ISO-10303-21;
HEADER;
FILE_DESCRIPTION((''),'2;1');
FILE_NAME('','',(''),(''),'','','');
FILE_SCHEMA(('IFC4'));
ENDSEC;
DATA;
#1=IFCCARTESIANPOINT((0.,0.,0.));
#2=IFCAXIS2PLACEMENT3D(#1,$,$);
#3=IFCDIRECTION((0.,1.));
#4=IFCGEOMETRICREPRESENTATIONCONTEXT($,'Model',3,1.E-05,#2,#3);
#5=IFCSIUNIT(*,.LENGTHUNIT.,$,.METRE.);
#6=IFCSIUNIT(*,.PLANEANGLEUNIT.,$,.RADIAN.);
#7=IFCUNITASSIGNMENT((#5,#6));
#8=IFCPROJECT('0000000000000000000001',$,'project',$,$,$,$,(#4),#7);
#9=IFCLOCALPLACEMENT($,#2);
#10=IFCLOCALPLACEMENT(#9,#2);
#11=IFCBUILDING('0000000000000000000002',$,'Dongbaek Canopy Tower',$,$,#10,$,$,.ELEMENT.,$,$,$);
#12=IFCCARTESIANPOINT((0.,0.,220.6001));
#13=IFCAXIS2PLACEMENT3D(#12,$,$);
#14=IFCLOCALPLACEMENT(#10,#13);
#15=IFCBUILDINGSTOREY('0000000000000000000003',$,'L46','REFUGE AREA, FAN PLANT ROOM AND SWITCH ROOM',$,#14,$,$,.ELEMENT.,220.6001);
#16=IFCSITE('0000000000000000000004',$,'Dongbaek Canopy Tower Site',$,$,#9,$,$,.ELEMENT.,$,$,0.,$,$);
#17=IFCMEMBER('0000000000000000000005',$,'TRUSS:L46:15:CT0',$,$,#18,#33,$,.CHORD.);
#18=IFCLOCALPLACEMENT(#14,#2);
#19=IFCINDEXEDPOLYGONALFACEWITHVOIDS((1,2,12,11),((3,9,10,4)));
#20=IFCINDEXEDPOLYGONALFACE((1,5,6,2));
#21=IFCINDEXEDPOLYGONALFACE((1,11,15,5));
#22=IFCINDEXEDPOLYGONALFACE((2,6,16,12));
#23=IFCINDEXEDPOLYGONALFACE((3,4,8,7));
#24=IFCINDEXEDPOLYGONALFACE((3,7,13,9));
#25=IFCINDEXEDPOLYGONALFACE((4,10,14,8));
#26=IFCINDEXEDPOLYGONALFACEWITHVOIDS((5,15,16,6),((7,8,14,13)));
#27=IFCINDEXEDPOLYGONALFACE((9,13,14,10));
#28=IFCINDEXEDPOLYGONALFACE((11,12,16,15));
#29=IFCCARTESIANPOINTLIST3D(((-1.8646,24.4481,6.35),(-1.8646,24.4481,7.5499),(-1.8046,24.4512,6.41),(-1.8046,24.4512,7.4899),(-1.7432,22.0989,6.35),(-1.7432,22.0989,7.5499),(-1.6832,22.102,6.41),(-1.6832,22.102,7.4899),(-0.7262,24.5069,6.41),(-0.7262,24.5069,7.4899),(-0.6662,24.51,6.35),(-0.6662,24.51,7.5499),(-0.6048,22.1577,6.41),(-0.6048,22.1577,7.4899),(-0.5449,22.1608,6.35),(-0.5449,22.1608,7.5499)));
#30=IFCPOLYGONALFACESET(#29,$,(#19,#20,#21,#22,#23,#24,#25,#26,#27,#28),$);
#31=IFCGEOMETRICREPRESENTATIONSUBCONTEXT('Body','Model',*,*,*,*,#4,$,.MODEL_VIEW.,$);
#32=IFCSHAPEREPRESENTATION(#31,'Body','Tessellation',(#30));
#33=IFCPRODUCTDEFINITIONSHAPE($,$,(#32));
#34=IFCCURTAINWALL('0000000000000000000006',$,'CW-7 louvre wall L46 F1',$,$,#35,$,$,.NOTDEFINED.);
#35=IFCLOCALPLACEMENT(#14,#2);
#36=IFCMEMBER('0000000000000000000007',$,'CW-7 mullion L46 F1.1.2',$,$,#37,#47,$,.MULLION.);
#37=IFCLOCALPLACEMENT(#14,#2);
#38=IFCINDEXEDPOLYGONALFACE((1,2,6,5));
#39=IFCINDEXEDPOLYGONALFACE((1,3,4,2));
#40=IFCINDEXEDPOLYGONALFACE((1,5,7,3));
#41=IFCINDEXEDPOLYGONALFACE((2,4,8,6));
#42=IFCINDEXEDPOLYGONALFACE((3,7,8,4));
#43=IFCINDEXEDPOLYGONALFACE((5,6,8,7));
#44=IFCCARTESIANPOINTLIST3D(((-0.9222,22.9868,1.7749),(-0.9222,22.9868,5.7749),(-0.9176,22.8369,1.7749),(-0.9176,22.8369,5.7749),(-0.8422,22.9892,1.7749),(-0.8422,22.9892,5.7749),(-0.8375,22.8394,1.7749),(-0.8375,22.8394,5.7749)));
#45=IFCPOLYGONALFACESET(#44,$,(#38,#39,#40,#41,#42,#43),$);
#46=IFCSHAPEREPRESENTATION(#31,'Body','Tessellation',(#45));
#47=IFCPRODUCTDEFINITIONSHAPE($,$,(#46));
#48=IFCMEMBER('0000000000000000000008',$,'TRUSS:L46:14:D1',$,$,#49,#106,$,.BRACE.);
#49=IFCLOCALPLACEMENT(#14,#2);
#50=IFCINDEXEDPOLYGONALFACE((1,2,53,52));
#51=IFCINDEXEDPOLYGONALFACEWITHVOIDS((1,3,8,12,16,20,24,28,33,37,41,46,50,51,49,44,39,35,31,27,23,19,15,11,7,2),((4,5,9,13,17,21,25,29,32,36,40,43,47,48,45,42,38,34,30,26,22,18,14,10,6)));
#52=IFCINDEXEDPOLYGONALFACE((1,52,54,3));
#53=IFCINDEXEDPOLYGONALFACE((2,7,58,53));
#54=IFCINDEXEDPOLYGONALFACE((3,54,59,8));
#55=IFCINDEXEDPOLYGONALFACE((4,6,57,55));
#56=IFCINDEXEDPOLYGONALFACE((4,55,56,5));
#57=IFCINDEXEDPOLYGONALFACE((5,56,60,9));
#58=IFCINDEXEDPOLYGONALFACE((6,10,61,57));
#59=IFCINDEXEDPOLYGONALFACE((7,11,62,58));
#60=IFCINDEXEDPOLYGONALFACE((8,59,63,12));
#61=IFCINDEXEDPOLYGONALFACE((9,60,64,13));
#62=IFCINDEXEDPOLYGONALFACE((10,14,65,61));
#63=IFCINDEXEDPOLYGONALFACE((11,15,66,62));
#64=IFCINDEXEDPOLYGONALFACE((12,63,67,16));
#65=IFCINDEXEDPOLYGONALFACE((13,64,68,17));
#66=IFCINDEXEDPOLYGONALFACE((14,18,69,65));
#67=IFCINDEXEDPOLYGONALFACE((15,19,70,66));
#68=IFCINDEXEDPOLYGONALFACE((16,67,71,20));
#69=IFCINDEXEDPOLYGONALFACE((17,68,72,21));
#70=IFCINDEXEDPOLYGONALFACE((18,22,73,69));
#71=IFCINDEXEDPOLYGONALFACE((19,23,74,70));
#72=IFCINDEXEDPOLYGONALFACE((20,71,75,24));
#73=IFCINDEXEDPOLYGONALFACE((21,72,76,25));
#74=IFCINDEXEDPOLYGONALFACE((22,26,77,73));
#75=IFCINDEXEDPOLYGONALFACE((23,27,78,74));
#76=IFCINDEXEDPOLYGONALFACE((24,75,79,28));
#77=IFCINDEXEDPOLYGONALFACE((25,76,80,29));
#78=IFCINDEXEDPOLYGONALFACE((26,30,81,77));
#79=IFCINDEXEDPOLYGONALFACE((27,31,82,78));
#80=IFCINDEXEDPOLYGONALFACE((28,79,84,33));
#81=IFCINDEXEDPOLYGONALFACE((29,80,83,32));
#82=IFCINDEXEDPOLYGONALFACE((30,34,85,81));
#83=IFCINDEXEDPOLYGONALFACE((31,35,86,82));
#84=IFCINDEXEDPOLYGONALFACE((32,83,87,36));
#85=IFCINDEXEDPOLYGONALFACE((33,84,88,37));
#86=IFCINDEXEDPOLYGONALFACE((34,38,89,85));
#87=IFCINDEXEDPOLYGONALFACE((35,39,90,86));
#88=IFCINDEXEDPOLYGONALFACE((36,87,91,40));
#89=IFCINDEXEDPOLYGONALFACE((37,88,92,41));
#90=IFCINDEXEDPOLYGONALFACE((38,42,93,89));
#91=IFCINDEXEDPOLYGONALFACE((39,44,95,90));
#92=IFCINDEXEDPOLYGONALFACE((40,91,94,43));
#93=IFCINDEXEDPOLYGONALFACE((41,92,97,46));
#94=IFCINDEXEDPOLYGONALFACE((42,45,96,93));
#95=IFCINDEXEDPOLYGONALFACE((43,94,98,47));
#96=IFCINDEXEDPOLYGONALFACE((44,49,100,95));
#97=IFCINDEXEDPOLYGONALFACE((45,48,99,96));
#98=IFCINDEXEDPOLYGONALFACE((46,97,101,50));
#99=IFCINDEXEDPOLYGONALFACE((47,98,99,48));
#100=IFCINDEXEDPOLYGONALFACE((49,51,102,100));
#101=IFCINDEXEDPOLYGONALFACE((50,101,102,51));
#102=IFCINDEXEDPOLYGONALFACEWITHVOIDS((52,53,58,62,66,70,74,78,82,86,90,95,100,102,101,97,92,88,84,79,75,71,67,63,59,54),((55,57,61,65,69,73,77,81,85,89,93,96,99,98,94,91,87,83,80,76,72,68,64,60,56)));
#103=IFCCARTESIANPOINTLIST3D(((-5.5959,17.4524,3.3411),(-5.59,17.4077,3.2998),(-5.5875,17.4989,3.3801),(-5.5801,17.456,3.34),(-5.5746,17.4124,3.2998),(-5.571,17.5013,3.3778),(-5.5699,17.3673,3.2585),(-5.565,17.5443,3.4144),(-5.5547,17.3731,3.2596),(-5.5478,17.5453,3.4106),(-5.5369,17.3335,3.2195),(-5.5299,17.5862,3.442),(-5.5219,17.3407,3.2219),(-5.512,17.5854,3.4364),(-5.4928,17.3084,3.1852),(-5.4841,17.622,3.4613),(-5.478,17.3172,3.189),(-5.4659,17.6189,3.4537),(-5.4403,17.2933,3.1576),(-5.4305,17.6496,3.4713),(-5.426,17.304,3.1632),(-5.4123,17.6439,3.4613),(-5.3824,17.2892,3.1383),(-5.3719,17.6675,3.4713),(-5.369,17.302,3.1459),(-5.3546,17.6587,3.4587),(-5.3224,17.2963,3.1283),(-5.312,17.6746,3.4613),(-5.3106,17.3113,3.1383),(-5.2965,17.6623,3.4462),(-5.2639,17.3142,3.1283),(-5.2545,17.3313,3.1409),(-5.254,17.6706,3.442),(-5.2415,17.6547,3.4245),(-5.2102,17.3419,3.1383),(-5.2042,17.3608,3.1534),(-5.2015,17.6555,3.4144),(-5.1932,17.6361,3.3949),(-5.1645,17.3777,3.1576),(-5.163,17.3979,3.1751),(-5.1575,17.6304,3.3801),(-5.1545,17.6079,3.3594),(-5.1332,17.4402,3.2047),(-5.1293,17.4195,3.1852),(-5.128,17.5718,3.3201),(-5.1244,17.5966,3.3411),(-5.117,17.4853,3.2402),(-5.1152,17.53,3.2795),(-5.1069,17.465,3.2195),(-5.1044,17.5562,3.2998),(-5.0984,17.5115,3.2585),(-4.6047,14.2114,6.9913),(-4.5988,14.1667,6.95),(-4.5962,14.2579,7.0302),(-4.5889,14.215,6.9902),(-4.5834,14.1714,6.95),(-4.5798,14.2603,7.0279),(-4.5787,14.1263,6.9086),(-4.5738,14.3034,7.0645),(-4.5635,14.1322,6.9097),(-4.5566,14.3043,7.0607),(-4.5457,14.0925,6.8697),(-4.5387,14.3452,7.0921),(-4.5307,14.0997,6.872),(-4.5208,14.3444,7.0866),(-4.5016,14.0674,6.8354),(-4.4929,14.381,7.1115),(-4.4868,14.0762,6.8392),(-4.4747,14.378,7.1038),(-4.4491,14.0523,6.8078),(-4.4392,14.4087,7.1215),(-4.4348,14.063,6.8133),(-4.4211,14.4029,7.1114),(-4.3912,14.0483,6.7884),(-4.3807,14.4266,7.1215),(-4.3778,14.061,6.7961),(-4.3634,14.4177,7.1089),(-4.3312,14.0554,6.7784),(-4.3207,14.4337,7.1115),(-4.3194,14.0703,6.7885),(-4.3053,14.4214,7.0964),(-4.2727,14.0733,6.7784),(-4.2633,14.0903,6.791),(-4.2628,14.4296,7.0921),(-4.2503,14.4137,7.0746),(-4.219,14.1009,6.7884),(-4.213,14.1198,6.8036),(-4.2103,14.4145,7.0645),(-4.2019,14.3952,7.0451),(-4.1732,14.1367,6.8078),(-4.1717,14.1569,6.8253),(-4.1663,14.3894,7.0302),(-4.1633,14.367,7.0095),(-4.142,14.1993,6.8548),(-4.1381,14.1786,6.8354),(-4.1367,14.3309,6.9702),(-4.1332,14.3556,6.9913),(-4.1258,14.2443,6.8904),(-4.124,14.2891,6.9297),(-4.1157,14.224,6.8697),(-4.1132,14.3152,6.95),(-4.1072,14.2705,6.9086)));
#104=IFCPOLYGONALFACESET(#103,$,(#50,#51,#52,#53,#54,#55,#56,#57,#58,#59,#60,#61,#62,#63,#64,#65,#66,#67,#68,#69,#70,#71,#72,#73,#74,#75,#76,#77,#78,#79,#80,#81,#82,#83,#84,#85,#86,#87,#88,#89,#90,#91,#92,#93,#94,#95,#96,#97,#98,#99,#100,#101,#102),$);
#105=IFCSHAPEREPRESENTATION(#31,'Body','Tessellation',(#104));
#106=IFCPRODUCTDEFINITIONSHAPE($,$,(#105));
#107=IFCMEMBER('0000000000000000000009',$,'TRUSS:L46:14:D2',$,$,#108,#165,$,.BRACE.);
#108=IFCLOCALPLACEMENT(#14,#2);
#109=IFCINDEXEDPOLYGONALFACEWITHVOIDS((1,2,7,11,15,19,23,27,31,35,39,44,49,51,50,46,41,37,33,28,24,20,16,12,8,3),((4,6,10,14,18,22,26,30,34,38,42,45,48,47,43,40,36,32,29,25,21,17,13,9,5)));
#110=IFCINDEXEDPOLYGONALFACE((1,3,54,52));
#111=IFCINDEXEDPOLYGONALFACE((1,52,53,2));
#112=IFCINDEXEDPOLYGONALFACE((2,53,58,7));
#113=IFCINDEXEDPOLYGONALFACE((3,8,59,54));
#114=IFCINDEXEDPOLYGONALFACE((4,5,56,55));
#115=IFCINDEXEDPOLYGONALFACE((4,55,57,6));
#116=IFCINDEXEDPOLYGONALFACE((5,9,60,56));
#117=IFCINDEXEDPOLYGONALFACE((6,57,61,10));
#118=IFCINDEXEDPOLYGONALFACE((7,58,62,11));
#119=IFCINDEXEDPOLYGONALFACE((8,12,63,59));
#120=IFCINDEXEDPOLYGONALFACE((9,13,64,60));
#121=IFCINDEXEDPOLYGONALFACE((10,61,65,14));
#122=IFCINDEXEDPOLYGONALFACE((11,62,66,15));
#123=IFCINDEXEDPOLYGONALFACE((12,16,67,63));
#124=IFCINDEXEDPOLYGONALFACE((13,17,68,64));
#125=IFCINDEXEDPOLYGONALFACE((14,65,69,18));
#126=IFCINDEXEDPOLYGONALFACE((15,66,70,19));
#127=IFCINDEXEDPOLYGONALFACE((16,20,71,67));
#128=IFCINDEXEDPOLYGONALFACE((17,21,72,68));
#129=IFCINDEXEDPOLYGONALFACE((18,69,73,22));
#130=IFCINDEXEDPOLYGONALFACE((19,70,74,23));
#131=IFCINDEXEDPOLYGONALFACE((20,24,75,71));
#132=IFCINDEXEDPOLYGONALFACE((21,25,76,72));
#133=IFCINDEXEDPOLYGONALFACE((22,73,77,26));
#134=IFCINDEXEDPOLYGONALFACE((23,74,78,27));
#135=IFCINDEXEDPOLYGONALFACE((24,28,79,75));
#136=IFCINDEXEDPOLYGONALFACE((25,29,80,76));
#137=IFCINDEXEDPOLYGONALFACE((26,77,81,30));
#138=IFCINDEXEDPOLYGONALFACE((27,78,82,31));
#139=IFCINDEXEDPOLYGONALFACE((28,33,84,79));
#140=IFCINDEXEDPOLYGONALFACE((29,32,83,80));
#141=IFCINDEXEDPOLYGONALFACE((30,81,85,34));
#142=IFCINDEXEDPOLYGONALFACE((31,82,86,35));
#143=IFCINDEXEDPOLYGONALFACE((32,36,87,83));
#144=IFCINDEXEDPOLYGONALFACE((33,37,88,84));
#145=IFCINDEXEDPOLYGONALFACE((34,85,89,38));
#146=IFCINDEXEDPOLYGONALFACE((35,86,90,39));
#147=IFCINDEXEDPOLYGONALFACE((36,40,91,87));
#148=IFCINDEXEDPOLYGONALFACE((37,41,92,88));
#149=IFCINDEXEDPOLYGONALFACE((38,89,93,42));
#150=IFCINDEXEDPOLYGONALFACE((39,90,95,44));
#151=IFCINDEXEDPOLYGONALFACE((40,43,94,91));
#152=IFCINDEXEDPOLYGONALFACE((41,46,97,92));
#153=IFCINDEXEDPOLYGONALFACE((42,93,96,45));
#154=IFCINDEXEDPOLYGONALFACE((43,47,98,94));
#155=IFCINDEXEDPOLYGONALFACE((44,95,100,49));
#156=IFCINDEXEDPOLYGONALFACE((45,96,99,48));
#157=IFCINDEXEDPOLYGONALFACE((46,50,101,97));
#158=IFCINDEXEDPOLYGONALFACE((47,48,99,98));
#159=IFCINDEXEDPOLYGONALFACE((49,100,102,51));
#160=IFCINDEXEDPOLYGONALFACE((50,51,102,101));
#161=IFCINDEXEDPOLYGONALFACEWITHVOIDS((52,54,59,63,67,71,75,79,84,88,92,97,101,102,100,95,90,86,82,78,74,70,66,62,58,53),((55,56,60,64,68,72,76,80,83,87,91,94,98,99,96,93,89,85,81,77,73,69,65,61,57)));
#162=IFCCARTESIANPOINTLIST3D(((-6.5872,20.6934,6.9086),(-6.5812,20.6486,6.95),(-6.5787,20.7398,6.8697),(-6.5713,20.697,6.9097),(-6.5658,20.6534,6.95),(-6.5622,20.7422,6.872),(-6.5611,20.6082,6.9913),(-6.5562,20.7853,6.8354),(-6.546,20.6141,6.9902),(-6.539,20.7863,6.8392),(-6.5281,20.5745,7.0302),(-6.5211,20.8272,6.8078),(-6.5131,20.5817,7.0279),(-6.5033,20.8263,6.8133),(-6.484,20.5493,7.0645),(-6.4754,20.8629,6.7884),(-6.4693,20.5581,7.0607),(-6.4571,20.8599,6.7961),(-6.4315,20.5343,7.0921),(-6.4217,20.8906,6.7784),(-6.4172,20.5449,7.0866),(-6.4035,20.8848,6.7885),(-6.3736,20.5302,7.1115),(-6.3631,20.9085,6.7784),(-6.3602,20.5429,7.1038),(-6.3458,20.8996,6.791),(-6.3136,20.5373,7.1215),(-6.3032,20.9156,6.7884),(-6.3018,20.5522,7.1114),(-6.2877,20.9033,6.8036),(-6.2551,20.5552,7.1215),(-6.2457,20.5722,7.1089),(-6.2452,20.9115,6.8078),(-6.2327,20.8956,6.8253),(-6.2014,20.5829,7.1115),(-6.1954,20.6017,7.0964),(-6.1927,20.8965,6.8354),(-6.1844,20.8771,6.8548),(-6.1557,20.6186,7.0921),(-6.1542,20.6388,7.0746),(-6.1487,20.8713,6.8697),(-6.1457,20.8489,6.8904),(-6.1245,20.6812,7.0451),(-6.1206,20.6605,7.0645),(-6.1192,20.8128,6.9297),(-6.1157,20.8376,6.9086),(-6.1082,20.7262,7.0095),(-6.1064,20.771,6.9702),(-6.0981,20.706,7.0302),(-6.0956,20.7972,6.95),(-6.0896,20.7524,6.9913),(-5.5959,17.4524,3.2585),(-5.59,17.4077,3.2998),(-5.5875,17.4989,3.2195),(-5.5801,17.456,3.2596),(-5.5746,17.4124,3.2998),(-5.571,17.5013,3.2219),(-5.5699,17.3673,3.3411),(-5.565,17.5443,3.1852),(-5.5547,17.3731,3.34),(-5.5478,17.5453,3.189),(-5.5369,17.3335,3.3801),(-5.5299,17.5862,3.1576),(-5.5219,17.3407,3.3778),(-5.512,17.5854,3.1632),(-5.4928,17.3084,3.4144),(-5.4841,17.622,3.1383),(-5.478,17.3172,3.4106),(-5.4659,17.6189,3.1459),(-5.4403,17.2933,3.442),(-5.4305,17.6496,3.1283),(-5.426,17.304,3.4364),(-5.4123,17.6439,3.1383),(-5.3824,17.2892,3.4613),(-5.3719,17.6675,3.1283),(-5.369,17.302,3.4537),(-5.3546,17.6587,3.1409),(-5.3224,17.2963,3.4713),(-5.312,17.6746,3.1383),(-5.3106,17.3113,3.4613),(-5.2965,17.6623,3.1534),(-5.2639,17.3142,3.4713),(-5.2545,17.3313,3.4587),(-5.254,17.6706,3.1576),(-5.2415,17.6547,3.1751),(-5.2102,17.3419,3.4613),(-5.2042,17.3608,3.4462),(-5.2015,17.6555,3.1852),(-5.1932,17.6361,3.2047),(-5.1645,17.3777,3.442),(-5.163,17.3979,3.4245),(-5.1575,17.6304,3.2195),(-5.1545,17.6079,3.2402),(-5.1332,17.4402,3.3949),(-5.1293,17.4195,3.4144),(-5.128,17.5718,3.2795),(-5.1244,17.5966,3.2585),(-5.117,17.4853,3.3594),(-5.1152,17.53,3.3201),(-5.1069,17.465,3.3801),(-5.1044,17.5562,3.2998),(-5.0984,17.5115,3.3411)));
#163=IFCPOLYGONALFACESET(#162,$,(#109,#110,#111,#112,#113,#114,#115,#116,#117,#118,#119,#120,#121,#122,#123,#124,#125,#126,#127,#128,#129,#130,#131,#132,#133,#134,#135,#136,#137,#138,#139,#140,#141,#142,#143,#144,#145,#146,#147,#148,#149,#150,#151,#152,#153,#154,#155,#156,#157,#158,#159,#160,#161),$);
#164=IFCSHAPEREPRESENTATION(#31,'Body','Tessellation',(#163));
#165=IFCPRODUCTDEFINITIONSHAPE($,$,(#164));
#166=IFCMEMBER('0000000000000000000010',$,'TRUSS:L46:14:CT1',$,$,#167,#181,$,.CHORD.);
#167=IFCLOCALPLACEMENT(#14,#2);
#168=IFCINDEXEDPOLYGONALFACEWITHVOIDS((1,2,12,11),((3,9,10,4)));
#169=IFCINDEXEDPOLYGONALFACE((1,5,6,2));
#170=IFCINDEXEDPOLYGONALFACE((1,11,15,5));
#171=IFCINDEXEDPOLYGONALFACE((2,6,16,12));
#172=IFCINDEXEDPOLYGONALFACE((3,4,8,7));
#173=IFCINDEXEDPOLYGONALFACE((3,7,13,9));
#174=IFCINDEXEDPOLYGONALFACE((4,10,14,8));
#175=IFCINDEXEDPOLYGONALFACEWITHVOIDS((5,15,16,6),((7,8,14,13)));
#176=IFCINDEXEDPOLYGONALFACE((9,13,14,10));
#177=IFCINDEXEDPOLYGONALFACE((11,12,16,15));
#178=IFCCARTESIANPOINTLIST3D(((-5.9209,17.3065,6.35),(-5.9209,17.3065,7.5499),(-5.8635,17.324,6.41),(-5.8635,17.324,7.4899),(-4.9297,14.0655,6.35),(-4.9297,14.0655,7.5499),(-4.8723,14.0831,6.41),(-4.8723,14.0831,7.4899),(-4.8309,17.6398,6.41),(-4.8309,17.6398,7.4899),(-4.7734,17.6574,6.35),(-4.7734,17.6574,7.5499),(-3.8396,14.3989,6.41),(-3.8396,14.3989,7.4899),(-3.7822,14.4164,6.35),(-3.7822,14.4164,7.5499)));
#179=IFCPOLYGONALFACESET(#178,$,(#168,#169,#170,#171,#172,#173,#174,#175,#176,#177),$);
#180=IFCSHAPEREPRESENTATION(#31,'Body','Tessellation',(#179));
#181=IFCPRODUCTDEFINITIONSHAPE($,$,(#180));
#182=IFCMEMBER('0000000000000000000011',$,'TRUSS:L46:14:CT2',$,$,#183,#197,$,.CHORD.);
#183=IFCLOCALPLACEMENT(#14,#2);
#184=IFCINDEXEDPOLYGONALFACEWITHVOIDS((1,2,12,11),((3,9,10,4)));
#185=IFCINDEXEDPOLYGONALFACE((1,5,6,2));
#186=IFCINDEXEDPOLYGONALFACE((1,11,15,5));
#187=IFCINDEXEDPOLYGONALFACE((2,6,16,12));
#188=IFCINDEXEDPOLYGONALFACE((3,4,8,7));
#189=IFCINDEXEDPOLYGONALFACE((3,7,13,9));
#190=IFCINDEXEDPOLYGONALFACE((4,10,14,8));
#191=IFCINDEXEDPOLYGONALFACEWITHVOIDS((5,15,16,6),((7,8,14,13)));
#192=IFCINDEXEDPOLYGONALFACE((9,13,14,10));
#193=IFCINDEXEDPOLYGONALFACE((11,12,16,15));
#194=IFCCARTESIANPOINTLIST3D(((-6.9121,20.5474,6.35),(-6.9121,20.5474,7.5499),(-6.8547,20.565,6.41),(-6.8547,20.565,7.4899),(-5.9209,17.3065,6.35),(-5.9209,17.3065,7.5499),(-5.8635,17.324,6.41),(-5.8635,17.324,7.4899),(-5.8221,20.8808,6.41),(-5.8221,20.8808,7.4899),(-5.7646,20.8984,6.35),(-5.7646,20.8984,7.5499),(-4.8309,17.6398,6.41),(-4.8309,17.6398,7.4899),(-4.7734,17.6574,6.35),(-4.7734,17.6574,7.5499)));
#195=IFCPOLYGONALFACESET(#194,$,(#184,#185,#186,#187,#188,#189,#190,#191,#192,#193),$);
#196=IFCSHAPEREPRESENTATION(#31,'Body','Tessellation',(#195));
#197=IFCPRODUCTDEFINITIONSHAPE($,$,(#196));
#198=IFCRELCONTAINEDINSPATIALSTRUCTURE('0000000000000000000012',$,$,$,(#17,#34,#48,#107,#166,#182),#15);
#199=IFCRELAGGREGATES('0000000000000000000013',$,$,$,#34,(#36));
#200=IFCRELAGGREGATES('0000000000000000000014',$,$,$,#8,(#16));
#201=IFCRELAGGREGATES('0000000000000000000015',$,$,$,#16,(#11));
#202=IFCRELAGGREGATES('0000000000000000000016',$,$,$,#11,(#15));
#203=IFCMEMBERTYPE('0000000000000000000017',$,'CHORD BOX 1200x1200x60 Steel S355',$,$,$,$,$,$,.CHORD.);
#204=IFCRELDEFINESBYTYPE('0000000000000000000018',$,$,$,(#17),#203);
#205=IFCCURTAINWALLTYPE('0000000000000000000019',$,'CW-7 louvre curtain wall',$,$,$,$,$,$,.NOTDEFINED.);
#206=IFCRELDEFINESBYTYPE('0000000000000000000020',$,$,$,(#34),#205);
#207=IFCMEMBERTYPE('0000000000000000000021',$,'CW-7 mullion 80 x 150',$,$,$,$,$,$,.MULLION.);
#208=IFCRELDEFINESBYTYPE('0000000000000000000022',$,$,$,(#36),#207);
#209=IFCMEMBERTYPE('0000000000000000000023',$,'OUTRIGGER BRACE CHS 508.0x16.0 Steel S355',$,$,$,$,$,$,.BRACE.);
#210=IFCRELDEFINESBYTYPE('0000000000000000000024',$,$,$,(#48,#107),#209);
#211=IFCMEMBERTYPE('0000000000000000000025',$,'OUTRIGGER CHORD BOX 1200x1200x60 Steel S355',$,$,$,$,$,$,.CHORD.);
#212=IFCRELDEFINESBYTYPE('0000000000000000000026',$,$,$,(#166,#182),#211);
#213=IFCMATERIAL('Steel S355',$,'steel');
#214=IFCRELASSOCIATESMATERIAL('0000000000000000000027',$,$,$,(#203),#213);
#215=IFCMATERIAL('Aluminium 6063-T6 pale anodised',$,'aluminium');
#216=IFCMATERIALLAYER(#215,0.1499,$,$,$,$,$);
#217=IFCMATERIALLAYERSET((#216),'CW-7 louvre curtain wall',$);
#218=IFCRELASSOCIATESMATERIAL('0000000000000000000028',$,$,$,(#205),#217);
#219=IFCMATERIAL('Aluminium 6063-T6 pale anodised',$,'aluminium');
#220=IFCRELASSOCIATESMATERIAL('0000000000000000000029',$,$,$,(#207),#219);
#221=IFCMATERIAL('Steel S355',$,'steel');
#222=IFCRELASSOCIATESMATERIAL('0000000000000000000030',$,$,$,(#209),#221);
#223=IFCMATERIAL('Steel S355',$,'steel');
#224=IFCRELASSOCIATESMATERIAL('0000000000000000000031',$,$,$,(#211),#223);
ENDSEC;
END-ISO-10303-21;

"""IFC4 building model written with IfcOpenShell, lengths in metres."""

from ifc_helpers import new_model, si_unit, direction, frame, origin, origin_2d, place, context, subcontext, project, spatial, rectangle, hollow_rectangle, hollow_circle, extrude, material, layer, layer_set, material_profile, profile_set, type_object, element, aggregate, save


model = new_model("IFC4")

# Units and contexts
model_context = context("Model", 3, precision=1e-05, world=origin(), true_north=direction((0.0, 1.0)))
body_context = subcontext(model_context, "Body", "Model", "MODEL_VIEW")
ifc_project = project(units=[si_unit("LENGTHUNIT", "METRE"), si_unit("PLANEANGLEUNIT", "RADIAN")], contexts=[model_context])

# Site, building, storey
site_placement = place(None, origin())
site = spatial("IfcSite", under=ifc_project, at=site_placement, Name="Dongbaek Canopy Tower Site", CompositionType="ELEMENT", RefElevation=0.0)
building_placement = place(site_placement, origin())
building = spatial("IfcBuilding", under=site, at=building_placement, Name="Dongbaek Canopy Tower", CompositionType="ELEMENT")
storey_placement = place(building_placement, frame((0.0, 0.0, 220.6001)))
storey = spatial("IfcBuildingStorey", under=building, at=storey_placement, Name="L46", Description="REFUGE AREA, FAN PLANT ROOM AND SWITCH ROOM", CompositionType="ELEMENT", Elevation=220.6001)

# Member
ifc_material_1 = material(Name="Steel S355", Category="steel")
ifc_material_profile_1 = material_profile(ifc_material_1, hollow_rectangle(XDim=1.2, YDim=1.2, WallThickness=0.0601, at=origin_2d()), Name="CHORD BOX 1200x1200x60 Steel S355")
ifc_profile_set_1 = profile_set([ifc_material_profile_1], Name="Steel S355")
member_type_1 = type_object("IfcMemberType", Name="CHORD BOX 1200x1200x60 Steel S355", PredefinedType="CHORD", material=ifc_profile_set_1)
for number, where, z_axis, x_axis, name in (
    (1, (-1.144, 22.1299, 6.95), (-0.051584, 0.998669, 0.0), (-0.998669, -0.051584, 0.0), "TRUSS:L46:15:CT0"),
):
    element("IfcMember", number, at=place(storey_placement, frame(where, z_axis=z_axis, x_axis=x_axis)), inside=storey, type_object=member_type_1, Name=name, PredefinedType="CHORD", context=body_context, shape_type="SweptSolid", body=[
        extrude(hollow_rectangle(XDim=1.2, YDim=1.2, WallThickness=0.0601, at=origin_2d()), origin(), (0.0, 0.0, 1.0), 2.3523),
    ])

# Curtain wall, member
ifc_material_2 = material(Name="Aluminium 6063-T6 pale anodised", Category="aluminium")
ifc_layer_1 = layer(ifc_material_2, 0.1499)
ifc_layer_set_1 = layer_set([ifc_layer_1], Name="CW-7 louvre curtain wall")
curtain_wall_type = type_object("IfcCurtainWallType", Name="CW-7 louvre curtain wall", PredefinedType="NOTDEFINED", material=ifc_layer_set_1)
curtain_wall_placement = place(storey_placement, origin())
curtain_wall = element("IfcCurtainWall", 2, at=curtain_wall_placement, inside=storey, type_object=curtain_wall_type, Name="CW-7 louvre wall L46 F1", PredefinedType="NOTDEFINED")
ifc_material_3 = material(Name="Aluminium 6063-T6 pale anodised", Category="aluminium")
ifc_material_profile_2 = material_profile(ifc_material_3, rectangle(XDim=0.1499, YDim=0.0801, at=origin_2d()), Name="CW-7 mullion 80 x 150")
ifc_profile_set_2 = profile_set([ifc_material_profile_2], Name="Aluminium 6063-T6 pale anodised")
member_type_2 = type_object("IfcMemberType", Name="CW-7 mullion 80 x 150", PredefinedType="MULLION", material=ifc_profile_set_2)
member_1_placement = place(storey_placement, frame((-0.8799, 22.9131, 1.7749), z_axis=(0.0, 0.0, 1.0), x_axis=(-0.030965, 0.99952, 0.0)))
member_1 = element("IfcMember", 3, at=member_1_placement, type_object=member_type_2, Name="CW-7 mullion L46 F1.1.2", PredefinedType="MULLION", context=body_context, shape_type="SweptSolid", body=[
    extrude(rectangle(XDim=0.1499, YDim=0.0801, at=origin_2d()), origin(), (0.0, 0.0, 1.0), 4.0),
])

# Members
ifc_material_4 = material(Name="Steel S355", Category="steel")
ifc_material_profile_3 = material_profile(ifc_material_4, hollow_circle(Radius=0.2539, WallThickness=0.0161, at=origin_2d()), Name="OUTRIGGER BRACE CHS 508.0x16.0 Steel S355")
ifc_profile_set_3 = profile_set([ifc_material_profile_3], Name="Steel S355")
member_type_3 = type_object("IfcMemberType", Name="OUTRIGGER BRACE CHS 508.0x16.0 Steel S355", PredefinedType="BRACE", material=ifc_profile_set_3)
for number, where, z_axis, x_axis, name in (
    (4, (-4.356, 14.241, 6.95), (-0.199, 0.650671, -0.73282), (-0.956276, -0.292466, 0.0), "TRUSS:L46:14:D1"),
    (5, (-5.3472, 17.4819, 3.2998), (-0.199, 0.650671, 0.73282), (-0.956276, -0.292466, 0.0), "TRUSS:L46:14:D2"),
):
    element("IfcMember", number, at=place(storey_placement, frame(where, z_axis=z_axis, x_axis=x_axis)), inside=storey, type_object=member_type_3, Name=name, PredefinedType="BRACE", context=body_context, shape_type="SweptSolid", body=[
        extrude(hollow_circle(Radius=0.2539, WallThickness=0.0161, at=origin_2d()), origin(), (0.0, 0.0, 1.0), 4.981),
    ])
ifc_material_5 = material(Name="Steel S355", Category="steel")
ifc_material_profile_4 = material_profile(ifc_material_5, hollow_rectangle(XDim=1.2, YDim=1.2, WallThickness=0.0601, at=origin_2d()), Name="OUTRIGGER CHORD BOX 1200x1200x60 Steel S355")
ifc_profile_set_4 = profile_set([ifc_material_profile_4], Name="Steel S355")
member_type_4 = type_object("IfcMemberType", Name="OUTRIGGER CHORD BOX 1200x1200x60 Steel S355", PredefinedType="CHORD", material=ifc_profile_set_4)
for number, where, z_axis, x_axis, name in (
    (6, (-4.356, 14.241, 6.95), (-0.292466, 0.956276, 0.0), (-0.956276, -0.292466, 0.0), "TRUSS:L46:14:CT1"),
    (7, (-5.3472, 17.4819, 6.95), (-0.292466, 0.956276, 0.0), (-0.956276, -0.292466, 0.0), "TRUSS:L46:14:CT2"),
):
    element("IfcMember", number, at=place(storey_placement, frame(where, z_axis=z_axis, x_axis=x_axis)), inside=storey, type_object=member_type_4, Name=name, PredefinedType="CHORD", context=body_context, shape_type="SweptSolid", body=[
        extrude(hollow_rectangle(XDim=1.2, YDim=1.2, WallThickness=0.0601, at=origin_2d()), origin(), (0.0, 0.0, 1.0), 3.3892),
    ])

aggregate(curtain_wall, [member_1])

save(model, "model.ifc")
